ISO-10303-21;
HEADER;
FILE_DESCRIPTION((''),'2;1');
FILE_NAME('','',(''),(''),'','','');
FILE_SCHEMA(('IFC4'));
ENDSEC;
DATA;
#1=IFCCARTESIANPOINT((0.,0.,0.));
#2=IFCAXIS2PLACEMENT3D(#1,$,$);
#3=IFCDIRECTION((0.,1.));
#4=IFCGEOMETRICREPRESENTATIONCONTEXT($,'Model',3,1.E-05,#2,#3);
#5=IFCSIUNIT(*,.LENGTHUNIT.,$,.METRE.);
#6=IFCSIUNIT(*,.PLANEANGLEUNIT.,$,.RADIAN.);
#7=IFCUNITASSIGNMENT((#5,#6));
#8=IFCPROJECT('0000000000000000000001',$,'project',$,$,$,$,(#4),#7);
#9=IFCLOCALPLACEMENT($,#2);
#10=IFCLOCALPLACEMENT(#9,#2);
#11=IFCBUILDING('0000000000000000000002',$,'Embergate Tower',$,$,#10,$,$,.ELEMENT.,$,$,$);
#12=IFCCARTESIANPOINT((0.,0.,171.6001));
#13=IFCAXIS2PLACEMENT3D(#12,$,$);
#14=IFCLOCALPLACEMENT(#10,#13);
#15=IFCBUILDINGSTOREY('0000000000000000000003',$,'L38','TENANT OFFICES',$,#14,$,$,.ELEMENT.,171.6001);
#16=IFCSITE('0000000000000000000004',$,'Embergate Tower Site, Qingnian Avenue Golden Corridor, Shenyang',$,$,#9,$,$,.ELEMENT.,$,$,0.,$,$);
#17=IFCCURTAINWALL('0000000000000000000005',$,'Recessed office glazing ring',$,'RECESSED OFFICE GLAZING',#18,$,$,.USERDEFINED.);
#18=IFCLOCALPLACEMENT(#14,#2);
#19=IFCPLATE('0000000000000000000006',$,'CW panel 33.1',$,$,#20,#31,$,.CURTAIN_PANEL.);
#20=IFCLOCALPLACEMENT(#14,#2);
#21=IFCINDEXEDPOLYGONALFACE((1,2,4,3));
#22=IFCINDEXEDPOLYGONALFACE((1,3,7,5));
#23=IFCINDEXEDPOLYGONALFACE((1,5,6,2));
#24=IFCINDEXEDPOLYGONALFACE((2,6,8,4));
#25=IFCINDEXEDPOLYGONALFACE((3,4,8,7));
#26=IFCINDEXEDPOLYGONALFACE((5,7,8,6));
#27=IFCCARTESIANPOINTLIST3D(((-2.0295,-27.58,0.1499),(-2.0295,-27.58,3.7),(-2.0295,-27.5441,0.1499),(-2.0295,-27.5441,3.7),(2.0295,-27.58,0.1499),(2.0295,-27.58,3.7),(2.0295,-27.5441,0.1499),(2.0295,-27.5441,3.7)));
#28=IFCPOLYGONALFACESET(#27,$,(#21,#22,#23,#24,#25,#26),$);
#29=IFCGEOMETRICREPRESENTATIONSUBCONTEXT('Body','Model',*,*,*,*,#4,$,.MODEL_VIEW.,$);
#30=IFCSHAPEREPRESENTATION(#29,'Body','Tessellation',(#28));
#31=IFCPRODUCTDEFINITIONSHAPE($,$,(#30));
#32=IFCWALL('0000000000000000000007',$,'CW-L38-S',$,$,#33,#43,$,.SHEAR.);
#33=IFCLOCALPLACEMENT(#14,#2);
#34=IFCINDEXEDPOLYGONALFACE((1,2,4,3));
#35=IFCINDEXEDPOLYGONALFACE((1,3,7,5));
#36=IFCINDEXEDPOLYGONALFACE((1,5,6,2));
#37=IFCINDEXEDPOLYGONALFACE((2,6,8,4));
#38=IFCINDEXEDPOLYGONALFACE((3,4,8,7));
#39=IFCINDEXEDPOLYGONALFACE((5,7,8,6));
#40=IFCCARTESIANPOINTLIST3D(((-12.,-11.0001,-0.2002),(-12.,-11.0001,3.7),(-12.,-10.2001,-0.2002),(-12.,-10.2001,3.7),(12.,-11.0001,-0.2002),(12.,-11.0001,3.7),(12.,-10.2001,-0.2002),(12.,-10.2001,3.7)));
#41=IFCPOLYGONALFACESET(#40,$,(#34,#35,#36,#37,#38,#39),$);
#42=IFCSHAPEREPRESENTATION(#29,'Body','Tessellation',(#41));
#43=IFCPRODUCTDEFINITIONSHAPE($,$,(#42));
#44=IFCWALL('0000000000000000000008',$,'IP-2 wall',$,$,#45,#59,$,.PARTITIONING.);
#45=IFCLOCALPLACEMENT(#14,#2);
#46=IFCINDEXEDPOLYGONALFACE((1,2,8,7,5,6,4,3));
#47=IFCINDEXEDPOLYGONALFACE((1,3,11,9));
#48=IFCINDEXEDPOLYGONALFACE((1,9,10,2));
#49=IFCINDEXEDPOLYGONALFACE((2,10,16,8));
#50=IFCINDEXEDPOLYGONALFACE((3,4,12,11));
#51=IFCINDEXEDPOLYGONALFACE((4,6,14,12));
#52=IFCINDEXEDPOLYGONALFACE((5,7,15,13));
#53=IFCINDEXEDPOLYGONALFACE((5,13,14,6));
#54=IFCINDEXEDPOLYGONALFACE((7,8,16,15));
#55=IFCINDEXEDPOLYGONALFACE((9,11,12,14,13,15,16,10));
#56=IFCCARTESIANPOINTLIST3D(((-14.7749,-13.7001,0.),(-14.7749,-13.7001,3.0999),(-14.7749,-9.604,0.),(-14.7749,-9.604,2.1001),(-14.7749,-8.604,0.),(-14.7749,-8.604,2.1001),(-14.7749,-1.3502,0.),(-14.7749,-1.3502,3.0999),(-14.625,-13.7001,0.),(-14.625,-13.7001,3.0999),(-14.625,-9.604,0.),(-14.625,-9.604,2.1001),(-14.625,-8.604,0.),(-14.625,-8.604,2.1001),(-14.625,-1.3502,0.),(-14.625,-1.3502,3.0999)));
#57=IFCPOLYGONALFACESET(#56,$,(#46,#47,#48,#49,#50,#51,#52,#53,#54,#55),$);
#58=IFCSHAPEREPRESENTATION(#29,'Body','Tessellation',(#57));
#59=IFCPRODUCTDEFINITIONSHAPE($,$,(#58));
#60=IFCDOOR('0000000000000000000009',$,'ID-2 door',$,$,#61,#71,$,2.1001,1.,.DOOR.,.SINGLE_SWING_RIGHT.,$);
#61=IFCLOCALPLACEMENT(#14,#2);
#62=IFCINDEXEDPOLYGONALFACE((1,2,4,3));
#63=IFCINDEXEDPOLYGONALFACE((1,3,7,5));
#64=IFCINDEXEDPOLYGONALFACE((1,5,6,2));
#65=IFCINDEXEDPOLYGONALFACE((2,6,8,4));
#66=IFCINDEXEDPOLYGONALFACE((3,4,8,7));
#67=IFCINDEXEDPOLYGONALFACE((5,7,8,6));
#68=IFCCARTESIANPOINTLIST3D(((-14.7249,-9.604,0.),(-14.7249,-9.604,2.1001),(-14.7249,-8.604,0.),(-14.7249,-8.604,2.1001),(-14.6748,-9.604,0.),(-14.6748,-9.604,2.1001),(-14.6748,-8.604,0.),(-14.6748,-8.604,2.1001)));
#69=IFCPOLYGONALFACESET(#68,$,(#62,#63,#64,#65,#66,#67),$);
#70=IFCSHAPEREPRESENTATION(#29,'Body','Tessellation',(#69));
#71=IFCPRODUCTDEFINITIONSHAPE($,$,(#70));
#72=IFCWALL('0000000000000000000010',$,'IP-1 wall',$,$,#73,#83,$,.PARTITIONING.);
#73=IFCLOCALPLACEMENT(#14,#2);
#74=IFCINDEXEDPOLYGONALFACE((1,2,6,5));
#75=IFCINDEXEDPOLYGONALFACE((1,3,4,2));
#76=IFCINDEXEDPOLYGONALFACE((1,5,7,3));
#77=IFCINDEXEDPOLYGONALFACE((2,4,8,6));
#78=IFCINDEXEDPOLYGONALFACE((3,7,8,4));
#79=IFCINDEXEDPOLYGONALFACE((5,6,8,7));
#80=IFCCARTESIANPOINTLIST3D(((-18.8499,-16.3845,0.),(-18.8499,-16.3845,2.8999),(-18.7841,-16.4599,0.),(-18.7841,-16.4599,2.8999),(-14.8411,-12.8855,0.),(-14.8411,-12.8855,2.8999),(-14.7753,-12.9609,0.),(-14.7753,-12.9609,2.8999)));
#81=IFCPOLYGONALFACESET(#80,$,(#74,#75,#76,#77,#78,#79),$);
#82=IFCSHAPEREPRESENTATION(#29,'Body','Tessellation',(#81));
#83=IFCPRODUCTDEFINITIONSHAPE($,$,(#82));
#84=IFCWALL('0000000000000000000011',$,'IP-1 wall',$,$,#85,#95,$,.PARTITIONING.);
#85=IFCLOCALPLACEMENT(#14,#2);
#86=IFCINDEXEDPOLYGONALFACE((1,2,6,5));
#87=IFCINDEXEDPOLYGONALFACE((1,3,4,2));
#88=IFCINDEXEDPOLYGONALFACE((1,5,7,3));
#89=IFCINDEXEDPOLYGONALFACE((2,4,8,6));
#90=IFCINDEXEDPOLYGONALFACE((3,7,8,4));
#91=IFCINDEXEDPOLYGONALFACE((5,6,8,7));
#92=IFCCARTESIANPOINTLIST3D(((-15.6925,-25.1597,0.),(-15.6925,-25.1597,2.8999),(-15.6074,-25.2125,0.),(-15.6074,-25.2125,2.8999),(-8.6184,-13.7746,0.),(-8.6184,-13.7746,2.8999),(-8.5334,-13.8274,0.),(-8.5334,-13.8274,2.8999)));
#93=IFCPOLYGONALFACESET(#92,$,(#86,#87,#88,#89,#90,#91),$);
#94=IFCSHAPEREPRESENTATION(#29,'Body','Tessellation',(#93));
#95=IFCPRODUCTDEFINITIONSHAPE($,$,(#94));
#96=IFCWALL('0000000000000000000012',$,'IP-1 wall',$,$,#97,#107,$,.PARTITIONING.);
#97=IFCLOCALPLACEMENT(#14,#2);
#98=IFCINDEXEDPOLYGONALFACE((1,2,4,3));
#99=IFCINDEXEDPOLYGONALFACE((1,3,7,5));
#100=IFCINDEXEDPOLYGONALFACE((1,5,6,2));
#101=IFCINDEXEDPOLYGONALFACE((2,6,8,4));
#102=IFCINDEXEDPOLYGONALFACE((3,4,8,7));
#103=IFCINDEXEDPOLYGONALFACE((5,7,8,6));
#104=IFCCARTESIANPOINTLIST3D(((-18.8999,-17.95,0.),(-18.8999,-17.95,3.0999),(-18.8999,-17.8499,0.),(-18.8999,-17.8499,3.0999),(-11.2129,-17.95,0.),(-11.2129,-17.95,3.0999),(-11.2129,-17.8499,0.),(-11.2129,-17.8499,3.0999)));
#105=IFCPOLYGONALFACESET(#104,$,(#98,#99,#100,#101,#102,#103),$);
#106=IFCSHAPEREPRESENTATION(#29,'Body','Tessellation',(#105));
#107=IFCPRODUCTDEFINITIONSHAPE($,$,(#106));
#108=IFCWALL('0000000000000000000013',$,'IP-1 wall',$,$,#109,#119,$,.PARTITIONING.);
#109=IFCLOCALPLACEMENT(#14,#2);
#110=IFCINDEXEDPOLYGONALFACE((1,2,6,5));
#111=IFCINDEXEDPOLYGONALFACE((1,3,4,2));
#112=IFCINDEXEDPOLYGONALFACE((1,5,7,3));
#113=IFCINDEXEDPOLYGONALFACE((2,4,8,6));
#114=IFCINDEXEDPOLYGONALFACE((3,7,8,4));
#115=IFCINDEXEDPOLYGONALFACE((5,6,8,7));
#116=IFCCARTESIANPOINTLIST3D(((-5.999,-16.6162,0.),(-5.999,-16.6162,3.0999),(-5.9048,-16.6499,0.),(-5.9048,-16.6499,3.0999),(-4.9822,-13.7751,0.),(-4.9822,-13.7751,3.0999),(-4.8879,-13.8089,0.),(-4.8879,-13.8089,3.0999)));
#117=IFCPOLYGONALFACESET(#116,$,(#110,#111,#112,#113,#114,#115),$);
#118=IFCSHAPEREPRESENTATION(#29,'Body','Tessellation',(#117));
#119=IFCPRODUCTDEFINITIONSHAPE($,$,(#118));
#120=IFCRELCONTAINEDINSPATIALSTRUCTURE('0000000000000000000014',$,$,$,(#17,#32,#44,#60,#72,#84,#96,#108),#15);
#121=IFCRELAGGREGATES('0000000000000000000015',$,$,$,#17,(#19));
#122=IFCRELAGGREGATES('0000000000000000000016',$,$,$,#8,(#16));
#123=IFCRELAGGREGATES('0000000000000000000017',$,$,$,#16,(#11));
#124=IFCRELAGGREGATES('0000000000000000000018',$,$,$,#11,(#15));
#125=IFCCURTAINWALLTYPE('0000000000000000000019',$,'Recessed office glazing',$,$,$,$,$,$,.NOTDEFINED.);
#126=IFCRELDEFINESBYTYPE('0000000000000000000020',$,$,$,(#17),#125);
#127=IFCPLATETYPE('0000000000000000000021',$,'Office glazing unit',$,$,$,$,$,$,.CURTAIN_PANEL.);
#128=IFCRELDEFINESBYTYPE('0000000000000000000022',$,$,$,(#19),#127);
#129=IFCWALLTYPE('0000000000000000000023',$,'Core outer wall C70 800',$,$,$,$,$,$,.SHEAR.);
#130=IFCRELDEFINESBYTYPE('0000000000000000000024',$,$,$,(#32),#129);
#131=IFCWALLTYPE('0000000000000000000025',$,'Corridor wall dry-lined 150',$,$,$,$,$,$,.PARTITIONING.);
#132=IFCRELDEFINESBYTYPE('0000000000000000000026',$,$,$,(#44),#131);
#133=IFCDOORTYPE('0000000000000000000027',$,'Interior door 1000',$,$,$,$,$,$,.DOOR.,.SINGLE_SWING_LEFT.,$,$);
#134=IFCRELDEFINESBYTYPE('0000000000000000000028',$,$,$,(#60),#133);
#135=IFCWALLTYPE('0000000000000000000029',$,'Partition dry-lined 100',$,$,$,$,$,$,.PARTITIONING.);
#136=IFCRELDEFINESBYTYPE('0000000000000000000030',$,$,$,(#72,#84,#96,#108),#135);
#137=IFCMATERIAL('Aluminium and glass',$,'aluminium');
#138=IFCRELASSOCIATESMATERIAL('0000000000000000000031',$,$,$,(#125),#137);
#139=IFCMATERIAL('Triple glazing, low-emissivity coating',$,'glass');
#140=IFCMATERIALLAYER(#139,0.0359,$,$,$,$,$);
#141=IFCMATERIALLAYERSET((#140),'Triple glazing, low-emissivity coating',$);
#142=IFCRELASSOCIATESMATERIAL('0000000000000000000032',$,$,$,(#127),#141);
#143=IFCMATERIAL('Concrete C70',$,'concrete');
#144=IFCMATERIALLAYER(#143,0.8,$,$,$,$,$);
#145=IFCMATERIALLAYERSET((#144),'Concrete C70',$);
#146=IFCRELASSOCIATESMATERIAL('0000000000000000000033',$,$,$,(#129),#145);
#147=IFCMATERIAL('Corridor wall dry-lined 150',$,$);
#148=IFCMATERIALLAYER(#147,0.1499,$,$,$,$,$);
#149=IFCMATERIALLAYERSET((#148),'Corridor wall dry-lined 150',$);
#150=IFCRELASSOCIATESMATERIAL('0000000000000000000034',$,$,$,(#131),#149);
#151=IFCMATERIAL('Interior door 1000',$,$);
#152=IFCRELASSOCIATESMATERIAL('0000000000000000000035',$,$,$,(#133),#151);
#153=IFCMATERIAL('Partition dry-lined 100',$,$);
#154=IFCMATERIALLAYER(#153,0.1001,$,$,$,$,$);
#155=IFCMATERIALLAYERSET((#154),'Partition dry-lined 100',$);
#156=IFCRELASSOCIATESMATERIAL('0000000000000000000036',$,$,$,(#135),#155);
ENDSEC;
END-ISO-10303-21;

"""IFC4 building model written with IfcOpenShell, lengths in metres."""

from ifc_helpers import new_model, si_unit, direction, frame, frame_2d, origin, origin_2d, place, context, subcontext, project, spatial, rectangle, extrude, source, transform, mapped, material, layer, layer_set, type_object, element, fill, aggregate, save


model = new_model("IFC4")

# Units and contexts
model_context = context("Model", 3, precision=1e-05, world=origin(), true_north=direction((0.0, 1.0)))
body_context = subcontext(model_context, "Body", "Model", "MODEL_VIEW")
ifc_project = project(units=[si_unit("LENGTHUNIT", "METRE"), si_unit("PLANEANGLEUNIT", "RADIAN")], contexts=[model_context])

# Site, building, storey
site_placement = place(None, origin())
site = spatial("IfcSite", under=ifc_project, at=site_placement, Name="Embergate Tower Site, Qingnian Avenue Golden Corridor, Shenyang", CompositionType="ELEMENT", RefElevation=0.0)
building_placement = place(site_placement, origin())
building = spatial("IfcBuilding", under=site, at=building_placement, Name="Embergate Tower", CompositionType="ELEMENT")
storey_placement = place(building_placement, frame((0.0, 0.0, 171.6001)))
storey = spatial("IfcBuildingStorey", under=building, at=storey_placement, Name="L38", Description="TENANT OFFICES", CompositionType="ELEMENT", Elevation=171.6001)

# Shared definitions
ifc_material_1 = material(Name="Concrete C70", Category="concrete")

# Curtain wall
ifc_material_2 = material(Name="Aluminium and glass", Category="aluminium")
curtain_wall_type = type_object("IfcCurtainWallType", Name="Recessed office glazing", PredefinedType="NOTDEFINED", material=ifc_material_2)
curtain_wall_placement = place(storey_placement, origin())
curtain_wall = element("IfcCurtainWall", 1, at=curtain_wall_placement, inside=storey, type_object=curtain_wall_type, Name="Recessed office glazing ring", ObjectType="RECESSED OFFICE GLAZING", PredefinedType="USERDEFINED")

# Plate
ifc_material_3 = material(Name="Triple glazing, low-emissivity coating", Category="glass")
ifc_layer_1 = layer(ifc_material_3, 0.0359)
ifc_layer_set_1 = layer_set([ifc_layer_1], Name="Triple glazing, low-emissivity coating")
plate_type = type_object("IfcPlateType", Name="Office glazing unit", PredefinedType="CURTAIN_PANEL", material=ifc_layer_set_1)
shared_shape_1 = source(origin(), body_context, "Body", "SweptSolid", [
    extrude(rectangle(XDim=4.0591, YDim=0.0359, at=origin_2d()), origin(), (0.0, 0.0, 1.0), 3.55),
])
plate_1_placement = place(storey_placement, frame((0.0, -27.562, 0.1499), z_axis=(0.0, 0.0, 1.0), x_axis=(1.0, 0.0, 0.0)))
plate_1 = element("IfcPlate", 2, at=plate_1_placement, type_object=plate_type, Name="CW panel 33.1", PredefinedType="CURTAIN_PANEL", context=body_context, shape_type="MappedRepresentation", body=[
    mapped(shared_shape_1, transform((0.0, 0.0, 0.0))),
])
aggregate(curtain_wall, [plate_1])

# Wall
ifc_layer_2 = layer(ifc_material_1, 0.8)
ifc_layer_set_2 = layer_set([ifc_layer_2], Name="Concrete C70")
wall_type_1 = type_object("IfcWallType", Name="Core outer wall C70 800", PredefinedType="SHEAR", material=ifc_layer_set_2)
shared_shape_2 = source(origin(), body_context, "Body", "SweptSolid", [
    extrude(rectangle(XDim=24.0, YDim=0.8, at=frame_2d((12.0, 0.0))), origin(), (0.0, 0.0, 1.0), 3.9001),
])
wall_1_placement = place(storey_placement, frame((-12.0, -10.6001, -0.2002), z_axis=(0.0, 0.0, 1.0), x_axis=(1.0, 0.0, 0.0)))
element("IfcWall", 3, at=wall_1_placement, inside=storey, type_object=wall_type_1, Name="CW-L38-S", PredefinedType="SHEAR", context=body_context, shape_type="MappedRepresentation", body=[
    mapped(shared_shape_2, transform((0.0, 0.0, 0.0))),
])

# Wall, opening, door
ifc_material_4 = material(Name="Corridor wall dry-lined 150")
ifc_layer_3 = layer(ifc_material_4, 0.1499)
ifc_layer_set_3 = layer_set([ifc_layer_3], Name="Corridor wall dry-lined 150")
wall_type_2 = type_object("IfcWallType", Name="Corridor wall dry-lined 150", PredefinedType="PARTITIONING", material=ifc_layer_set_3)
shared_shape_3 = source(origin(), body_context, "Body", "SweptSolid", [
    extrude(rectangle(XDim=12.3499, YDim=0.1499, at=frame_2d((6.1748, 0.0))), origin(), (0.0, 0.0, 1.0), 3.0999),
])
wall_2_placement = place(storey_placement, frame((-14.7, -13.7, 0.0), z_axis=(0.0, 0.0, 1.0), x_axis=(0.0, 1.0, 0.0)))
wall_2 = element("IfcWall", 4, at=wall_2_placement, inside=storey, type_object=wall_type_2, Name="IP-2 wall", PredefinedType="PARTITIONING", context=body_context, shape_type="MappedRepresentation", body=[
    mapped(shared_shape_3, transform((0.0, 0.0, 0.0))),
])
shared_shape_4 = source(origin(), body_context, "Body", "SweptSolid", [
    extrude(rectangle(XDim=1.0, YDim=2.1001, at=frame_2d((0.5, 1.05))), frame((0.0, 0.085, 0.0), z_axis=(0.0, -1.0, 0.0), x_axis=(1.0, 0.0, 0.0)), (0.0, 0.0, 1.0), 0.1699),
])
opening_placement = place(wall_2_placement, frame((4.0959, 0.0, 0.0)))
opening = element("IfcOpeningElement", 5, at=opening_placement, cuts=wall_2, PredefinedType="OPENING", context=body_context, shape_type="MappedRepresentation", body=[
    mapped(shared_shape_4, transform((0.0, 0.0, 0.0))),
])
ifc_material_5 = material(Name="Interior door 1000")
door_type = type_object("IfcDoorType", Name="Interior door 1000", OperationType="SINGLE_SWING_LEFT", PredefinedType="DOOR", material=ifc_material_5)
shared_shape_5 = source(origin(), body_context, "Body", "SweptSolid", [
    extrude(rectangle(XDim=1.0, YDim=2.1001, at=frame_2d((0.5, 1.05))), frame((0.0, 0.0249, 0.0), z_axis=(0.0, -1.0, 0.0), x_axis=(1.0, 0.0, 0.0)), (0.0, 0.0, 1.0), 0.05),
])
door_placement = place(opening_placement, origin())
door = element("IfcDoor", 6, at=door_placement, inside=storey, type_object=door_type, Name="ID-2 door", OperationType="SINGLE_SWING_RIGHT", OverallHeight=2.1001, OverallWidth=1.0, PredefinedType="DOOR", context=body_context, shape_type="MappedRepresentation", body=[
    mapped(shared_shape_5, transform((0.0, 0.0, 0.0))),
])
fill(opening, door)

# Walls
ifc_material_6 = material(Name="Partition dry-lined 100")
ifc_layer_4 = layer(ifc_material_6, 0.1001)
ifc_layer_set_4 = layer_set([ifc_layer_4], Name="Partition dry-lined 100")
wall_type_3 = type_object("IfcWallType", Name="Partition dry-lined 100", PredefinedType="PARTITIONING", material=ifc_layer_set_4)
shared_shape_6 = source(origin(), body_context, "Body", "SweptSolid", [
    extrude(rectangle(XDim=5.321, YDim=0.1001, at=frame_2d((2.6606, 0.0))), origin(), (0.0, 0.0, 1.0), 2.8999),
])
wall_3_placement = place(storey_placement, frame((-14.8081, -12.9231, 0.0), z_axis=(0.0, 0.0, 1.0), x_axis=(-0.753383, -0.657582, 0.0)))
element("IfcWall", 7, at=wall_3_placement, inside=storey, type_object=wall_type_3, Name="IP-1 wall", PredefinedType="PARTITIONING", context=body_context, shape_type="MappedRepresentation", body=[
    mapped(shared_shape_6, transform((0.0, 0.0, 0.0))),
])
shared_shape_7 = source(origin(), body_context, "Body", "SweptSolid", [
    extrude(rectangle(XDim=13.4038, YDim=0.1001, at=frame_2d((6.7019, 0.0))), origin(), (0.0, 0.0, 1.0), 2.8999),
])
wall_4_placement = place(storey_placement, frame((-8.5759, -13.801, 0.0), z_axis=(0.0, 0.0, 1.0), x_axis=(-0.527762, -0.849392, 0.0)))
element("IfcWall", 8, at=wall_4_placement, inside=storey, type_object=wall_type_3, Name="IP-1 wall", PredefinedType="PARTITIONING", context=body_context, shape_type="MappedRepresentation", body=[
    mapped(shared_shape_7, transform((0.0, 0.0, 0.0))),
])
shared_shape_8 = source(origin(), body_context, "Body", "SweptSolid", [
    extrude(rectangle(XDim=7.687, YDim=0.1001, at=frame_2d((3.8435, 0.0))), origin(), (0.0, 0.0, 1.0), 3.0999),
])
wall_5_placement = place(storey_placement, frame((-11.2129, -17.8999, 0.0), z_axis=(0.0, 0.0, 1.0), x_axis=(-1.0, 0.0, 0.0)))
element("IfcWall", 9, at=wall_5_placement, inside=storey, type_object=wall_type_3, Name="IP-1 wall", PredefinedType="PARTITIONING", context=body_context, shape_type="MappedRepresentation", body=[
    mapped(shared_shape_8, transform((0.0, 0.0, 0.0))),
])
shared_shape_9 = source(origin(), body_context, "Body", "SweptSolid", [
    extrude(rectangle(XDim=3.0176, YDim=0.1001, at=frame_2d((1.5088, 0.0))), origin(), (0.0, 0.0, 1.0), 3.0999),
])
wall_6_placement = place(storey_placement, frame((-4.9351, -13.792, 0.0), z_axis=(0.0, 0.0, 1.0), x_axis=(-0.336977, -0.941513, 0.0)))
element("IfcWall", 10, at=wall_6_placement, inside=storey, type_object=wall_type_3, Name="IP-1 wall", PredefinedType="PARTITIONING", context=body_context, shape_type="MappedRepresentation", body=[
    mapped(shared_shape_9, transform((0.0, 0.0, 0.0))),
])

save(model, "model.ifc")
